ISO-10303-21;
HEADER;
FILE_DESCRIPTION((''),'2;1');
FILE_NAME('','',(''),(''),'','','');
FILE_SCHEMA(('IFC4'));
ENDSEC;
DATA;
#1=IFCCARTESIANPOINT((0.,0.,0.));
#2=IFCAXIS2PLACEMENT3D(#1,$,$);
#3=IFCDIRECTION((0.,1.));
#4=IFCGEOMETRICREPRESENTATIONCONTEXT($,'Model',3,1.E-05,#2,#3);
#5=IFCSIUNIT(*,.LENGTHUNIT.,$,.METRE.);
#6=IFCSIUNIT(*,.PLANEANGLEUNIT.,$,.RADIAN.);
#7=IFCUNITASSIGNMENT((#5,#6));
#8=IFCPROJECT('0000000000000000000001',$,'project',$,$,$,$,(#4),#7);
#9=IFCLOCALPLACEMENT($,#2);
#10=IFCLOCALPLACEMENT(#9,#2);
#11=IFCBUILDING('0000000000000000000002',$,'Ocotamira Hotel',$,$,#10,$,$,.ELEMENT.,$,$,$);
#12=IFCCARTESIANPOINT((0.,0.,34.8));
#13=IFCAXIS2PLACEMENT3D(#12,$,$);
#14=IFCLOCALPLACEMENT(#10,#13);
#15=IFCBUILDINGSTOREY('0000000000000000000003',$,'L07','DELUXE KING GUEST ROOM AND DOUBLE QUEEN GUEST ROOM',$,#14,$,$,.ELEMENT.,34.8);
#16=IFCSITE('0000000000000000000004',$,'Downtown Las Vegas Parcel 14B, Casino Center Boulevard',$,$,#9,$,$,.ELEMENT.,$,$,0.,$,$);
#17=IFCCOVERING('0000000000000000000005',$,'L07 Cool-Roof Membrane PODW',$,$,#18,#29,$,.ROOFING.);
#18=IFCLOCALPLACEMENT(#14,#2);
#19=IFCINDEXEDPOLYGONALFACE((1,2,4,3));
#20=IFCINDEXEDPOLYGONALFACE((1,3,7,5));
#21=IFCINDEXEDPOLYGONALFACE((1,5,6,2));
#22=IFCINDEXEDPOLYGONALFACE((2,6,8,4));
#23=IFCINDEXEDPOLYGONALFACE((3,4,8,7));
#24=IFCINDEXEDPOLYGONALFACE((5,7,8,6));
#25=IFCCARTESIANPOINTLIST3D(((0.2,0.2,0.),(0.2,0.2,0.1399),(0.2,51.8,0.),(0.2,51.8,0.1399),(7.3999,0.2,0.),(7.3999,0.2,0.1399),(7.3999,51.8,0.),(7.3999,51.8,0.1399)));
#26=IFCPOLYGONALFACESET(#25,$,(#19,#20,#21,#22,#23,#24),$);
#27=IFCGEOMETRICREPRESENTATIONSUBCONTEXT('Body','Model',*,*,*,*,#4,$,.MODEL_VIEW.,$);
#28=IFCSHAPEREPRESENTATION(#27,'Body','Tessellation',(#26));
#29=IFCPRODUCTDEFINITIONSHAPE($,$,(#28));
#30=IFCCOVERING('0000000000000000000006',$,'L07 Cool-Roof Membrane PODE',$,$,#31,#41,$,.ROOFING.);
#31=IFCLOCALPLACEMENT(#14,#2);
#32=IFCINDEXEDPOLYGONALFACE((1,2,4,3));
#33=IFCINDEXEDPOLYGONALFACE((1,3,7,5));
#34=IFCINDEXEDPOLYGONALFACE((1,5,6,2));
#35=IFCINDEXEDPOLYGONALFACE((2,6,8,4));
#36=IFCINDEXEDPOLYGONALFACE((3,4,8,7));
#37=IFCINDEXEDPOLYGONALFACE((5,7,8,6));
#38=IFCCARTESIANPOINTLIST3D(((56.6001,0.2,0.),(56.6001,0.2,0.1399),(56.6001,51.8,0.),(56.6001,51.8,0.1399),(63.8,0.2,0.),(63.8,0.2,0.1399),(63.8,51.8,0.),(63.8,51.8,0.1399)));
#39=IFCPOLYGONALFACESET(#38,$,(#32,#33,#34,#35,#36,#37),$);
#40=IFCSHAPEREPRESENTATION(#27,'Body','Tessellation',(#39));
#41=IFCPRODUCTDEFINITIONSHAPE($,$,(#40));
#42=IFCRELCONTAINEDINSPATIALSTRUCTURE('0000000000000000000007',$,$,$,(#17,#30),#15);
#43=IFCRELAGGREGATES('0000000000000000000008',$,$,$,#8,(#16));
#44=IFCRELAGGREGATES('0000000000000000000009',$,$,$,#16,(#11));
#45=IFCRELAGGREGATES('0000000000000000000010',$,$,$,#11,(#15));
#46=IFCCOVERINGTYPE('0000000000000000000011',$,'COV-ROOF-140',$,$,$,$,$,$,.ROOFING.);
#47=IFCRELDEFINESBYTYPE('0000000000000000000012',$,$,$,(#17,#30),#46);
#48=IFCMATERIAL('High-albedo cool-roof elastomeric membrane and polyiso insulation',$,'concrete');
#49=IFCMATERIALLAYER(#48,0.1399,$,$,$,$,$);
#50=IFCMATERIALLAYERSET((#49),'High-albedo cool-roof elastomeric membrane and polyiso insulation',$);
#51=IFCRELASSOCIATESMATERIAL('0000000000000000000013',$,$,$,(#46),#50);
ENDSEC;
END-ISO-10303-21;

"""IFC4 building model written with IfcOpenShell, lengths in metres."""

from ifc_helpers import new_model, si_unit, direction, frame, origin, place, context, subcontext, project, spatial, polyline, outline, extrude, material, layer, layer_set, type_object, element, save


model = new_model("IFC4")

# Units and contexts
model_context = context("Model", 3, precision=1e-05, world=origin(), true_north=direction((0.0, 1.0)))
body_context = subcontext(model_context, "Body", "Model", "MODEL_VIEW")
ifc_project = project(units=[si_unit("LENGTHUNIT", "METRE"), si_unit("PLANEANGLEUNIT", "RADIAN")], contexts=[model_context])

# Site, building, storey
site_placement = place(None, origin())
site = spatial("IfcSite", under=ifc_project, at=site_placement, Name="Downtown Las Vegas Parcel 14B, Casino Center Boulevard", CompositionType="ELEMENT", RefElevation=0.0)
building_placement = place(site_placement, origin())
building = spatial("IfcBuilding", under=site, at=building_placement, Name="Ocotamira Hotel", CompositionType="ELEMENT")
storey_placement = place(building_placement, frame((0.0, 0.0, 34.8)))
storey = spatial("IfcBuildingStorey", under=building, at=storey_placement, Name="L07", Description="DELUXE KING GUEST ROOM AND DOUBLE QUEEN GUEST ROOM", CompositionType="ELEMENT", Elevation=34.8)

# Coverings
ifc_material_1 = material(Name="High-albedo cool-roof elastomeric membrane and polyiso insulation", Category="concrete")
ifc_layer_1 = layer(ifc_material_1, 0.1399)
ifc_layer_set_1 = layer_set([ifc_layer_1], Name="High-albedo cool-roof elastomeric membrane and polyiso insulation")
covering_type_1 = type_object("IfcCoveringType", Name="COV-ROOF-140", PredefinedType="ROOFING", material=ifc_layer_set_1)
covering_1_placement = place(storey_placement, origin())
element("IfcCovering", 1, at=covering_1_placement, inside=storey, type_object=covering_type_1, Name="L07 Cool-Roof Membrane PODW", PredefinedType="ROOFING", context=body_context, shape_type="SweptSolid", body=[
    extrude(outline(polyline([(0.2, 0.2), (7.3999, 0.2), (7.3999, 51.8), (0.2, 51.8), (0.2, 0.2)])), origin(), (0.0, 0.0, 1.0), 0.1399),
])
covering_2_placement = place(storey_placement, origin())
element("IfcCovering", 2, at=covering_2_placement, inside=storey, type_object=covering_type_1, Name="L07 Cool-Roof Membrane PODE", PredefinedType="ROOFING", context=body_context, shape_type="SweptSolid", body=[
    extrude(outline(polyline([(56.6001, 0.2), (63.8, 0.2), (63.8, 51.8), (56.6001, 51.8), (56.6001, 0.2)])), origin(), (0.0, 0.0, 1.0), 0.1399),
])

save(model, "model.ifc")
